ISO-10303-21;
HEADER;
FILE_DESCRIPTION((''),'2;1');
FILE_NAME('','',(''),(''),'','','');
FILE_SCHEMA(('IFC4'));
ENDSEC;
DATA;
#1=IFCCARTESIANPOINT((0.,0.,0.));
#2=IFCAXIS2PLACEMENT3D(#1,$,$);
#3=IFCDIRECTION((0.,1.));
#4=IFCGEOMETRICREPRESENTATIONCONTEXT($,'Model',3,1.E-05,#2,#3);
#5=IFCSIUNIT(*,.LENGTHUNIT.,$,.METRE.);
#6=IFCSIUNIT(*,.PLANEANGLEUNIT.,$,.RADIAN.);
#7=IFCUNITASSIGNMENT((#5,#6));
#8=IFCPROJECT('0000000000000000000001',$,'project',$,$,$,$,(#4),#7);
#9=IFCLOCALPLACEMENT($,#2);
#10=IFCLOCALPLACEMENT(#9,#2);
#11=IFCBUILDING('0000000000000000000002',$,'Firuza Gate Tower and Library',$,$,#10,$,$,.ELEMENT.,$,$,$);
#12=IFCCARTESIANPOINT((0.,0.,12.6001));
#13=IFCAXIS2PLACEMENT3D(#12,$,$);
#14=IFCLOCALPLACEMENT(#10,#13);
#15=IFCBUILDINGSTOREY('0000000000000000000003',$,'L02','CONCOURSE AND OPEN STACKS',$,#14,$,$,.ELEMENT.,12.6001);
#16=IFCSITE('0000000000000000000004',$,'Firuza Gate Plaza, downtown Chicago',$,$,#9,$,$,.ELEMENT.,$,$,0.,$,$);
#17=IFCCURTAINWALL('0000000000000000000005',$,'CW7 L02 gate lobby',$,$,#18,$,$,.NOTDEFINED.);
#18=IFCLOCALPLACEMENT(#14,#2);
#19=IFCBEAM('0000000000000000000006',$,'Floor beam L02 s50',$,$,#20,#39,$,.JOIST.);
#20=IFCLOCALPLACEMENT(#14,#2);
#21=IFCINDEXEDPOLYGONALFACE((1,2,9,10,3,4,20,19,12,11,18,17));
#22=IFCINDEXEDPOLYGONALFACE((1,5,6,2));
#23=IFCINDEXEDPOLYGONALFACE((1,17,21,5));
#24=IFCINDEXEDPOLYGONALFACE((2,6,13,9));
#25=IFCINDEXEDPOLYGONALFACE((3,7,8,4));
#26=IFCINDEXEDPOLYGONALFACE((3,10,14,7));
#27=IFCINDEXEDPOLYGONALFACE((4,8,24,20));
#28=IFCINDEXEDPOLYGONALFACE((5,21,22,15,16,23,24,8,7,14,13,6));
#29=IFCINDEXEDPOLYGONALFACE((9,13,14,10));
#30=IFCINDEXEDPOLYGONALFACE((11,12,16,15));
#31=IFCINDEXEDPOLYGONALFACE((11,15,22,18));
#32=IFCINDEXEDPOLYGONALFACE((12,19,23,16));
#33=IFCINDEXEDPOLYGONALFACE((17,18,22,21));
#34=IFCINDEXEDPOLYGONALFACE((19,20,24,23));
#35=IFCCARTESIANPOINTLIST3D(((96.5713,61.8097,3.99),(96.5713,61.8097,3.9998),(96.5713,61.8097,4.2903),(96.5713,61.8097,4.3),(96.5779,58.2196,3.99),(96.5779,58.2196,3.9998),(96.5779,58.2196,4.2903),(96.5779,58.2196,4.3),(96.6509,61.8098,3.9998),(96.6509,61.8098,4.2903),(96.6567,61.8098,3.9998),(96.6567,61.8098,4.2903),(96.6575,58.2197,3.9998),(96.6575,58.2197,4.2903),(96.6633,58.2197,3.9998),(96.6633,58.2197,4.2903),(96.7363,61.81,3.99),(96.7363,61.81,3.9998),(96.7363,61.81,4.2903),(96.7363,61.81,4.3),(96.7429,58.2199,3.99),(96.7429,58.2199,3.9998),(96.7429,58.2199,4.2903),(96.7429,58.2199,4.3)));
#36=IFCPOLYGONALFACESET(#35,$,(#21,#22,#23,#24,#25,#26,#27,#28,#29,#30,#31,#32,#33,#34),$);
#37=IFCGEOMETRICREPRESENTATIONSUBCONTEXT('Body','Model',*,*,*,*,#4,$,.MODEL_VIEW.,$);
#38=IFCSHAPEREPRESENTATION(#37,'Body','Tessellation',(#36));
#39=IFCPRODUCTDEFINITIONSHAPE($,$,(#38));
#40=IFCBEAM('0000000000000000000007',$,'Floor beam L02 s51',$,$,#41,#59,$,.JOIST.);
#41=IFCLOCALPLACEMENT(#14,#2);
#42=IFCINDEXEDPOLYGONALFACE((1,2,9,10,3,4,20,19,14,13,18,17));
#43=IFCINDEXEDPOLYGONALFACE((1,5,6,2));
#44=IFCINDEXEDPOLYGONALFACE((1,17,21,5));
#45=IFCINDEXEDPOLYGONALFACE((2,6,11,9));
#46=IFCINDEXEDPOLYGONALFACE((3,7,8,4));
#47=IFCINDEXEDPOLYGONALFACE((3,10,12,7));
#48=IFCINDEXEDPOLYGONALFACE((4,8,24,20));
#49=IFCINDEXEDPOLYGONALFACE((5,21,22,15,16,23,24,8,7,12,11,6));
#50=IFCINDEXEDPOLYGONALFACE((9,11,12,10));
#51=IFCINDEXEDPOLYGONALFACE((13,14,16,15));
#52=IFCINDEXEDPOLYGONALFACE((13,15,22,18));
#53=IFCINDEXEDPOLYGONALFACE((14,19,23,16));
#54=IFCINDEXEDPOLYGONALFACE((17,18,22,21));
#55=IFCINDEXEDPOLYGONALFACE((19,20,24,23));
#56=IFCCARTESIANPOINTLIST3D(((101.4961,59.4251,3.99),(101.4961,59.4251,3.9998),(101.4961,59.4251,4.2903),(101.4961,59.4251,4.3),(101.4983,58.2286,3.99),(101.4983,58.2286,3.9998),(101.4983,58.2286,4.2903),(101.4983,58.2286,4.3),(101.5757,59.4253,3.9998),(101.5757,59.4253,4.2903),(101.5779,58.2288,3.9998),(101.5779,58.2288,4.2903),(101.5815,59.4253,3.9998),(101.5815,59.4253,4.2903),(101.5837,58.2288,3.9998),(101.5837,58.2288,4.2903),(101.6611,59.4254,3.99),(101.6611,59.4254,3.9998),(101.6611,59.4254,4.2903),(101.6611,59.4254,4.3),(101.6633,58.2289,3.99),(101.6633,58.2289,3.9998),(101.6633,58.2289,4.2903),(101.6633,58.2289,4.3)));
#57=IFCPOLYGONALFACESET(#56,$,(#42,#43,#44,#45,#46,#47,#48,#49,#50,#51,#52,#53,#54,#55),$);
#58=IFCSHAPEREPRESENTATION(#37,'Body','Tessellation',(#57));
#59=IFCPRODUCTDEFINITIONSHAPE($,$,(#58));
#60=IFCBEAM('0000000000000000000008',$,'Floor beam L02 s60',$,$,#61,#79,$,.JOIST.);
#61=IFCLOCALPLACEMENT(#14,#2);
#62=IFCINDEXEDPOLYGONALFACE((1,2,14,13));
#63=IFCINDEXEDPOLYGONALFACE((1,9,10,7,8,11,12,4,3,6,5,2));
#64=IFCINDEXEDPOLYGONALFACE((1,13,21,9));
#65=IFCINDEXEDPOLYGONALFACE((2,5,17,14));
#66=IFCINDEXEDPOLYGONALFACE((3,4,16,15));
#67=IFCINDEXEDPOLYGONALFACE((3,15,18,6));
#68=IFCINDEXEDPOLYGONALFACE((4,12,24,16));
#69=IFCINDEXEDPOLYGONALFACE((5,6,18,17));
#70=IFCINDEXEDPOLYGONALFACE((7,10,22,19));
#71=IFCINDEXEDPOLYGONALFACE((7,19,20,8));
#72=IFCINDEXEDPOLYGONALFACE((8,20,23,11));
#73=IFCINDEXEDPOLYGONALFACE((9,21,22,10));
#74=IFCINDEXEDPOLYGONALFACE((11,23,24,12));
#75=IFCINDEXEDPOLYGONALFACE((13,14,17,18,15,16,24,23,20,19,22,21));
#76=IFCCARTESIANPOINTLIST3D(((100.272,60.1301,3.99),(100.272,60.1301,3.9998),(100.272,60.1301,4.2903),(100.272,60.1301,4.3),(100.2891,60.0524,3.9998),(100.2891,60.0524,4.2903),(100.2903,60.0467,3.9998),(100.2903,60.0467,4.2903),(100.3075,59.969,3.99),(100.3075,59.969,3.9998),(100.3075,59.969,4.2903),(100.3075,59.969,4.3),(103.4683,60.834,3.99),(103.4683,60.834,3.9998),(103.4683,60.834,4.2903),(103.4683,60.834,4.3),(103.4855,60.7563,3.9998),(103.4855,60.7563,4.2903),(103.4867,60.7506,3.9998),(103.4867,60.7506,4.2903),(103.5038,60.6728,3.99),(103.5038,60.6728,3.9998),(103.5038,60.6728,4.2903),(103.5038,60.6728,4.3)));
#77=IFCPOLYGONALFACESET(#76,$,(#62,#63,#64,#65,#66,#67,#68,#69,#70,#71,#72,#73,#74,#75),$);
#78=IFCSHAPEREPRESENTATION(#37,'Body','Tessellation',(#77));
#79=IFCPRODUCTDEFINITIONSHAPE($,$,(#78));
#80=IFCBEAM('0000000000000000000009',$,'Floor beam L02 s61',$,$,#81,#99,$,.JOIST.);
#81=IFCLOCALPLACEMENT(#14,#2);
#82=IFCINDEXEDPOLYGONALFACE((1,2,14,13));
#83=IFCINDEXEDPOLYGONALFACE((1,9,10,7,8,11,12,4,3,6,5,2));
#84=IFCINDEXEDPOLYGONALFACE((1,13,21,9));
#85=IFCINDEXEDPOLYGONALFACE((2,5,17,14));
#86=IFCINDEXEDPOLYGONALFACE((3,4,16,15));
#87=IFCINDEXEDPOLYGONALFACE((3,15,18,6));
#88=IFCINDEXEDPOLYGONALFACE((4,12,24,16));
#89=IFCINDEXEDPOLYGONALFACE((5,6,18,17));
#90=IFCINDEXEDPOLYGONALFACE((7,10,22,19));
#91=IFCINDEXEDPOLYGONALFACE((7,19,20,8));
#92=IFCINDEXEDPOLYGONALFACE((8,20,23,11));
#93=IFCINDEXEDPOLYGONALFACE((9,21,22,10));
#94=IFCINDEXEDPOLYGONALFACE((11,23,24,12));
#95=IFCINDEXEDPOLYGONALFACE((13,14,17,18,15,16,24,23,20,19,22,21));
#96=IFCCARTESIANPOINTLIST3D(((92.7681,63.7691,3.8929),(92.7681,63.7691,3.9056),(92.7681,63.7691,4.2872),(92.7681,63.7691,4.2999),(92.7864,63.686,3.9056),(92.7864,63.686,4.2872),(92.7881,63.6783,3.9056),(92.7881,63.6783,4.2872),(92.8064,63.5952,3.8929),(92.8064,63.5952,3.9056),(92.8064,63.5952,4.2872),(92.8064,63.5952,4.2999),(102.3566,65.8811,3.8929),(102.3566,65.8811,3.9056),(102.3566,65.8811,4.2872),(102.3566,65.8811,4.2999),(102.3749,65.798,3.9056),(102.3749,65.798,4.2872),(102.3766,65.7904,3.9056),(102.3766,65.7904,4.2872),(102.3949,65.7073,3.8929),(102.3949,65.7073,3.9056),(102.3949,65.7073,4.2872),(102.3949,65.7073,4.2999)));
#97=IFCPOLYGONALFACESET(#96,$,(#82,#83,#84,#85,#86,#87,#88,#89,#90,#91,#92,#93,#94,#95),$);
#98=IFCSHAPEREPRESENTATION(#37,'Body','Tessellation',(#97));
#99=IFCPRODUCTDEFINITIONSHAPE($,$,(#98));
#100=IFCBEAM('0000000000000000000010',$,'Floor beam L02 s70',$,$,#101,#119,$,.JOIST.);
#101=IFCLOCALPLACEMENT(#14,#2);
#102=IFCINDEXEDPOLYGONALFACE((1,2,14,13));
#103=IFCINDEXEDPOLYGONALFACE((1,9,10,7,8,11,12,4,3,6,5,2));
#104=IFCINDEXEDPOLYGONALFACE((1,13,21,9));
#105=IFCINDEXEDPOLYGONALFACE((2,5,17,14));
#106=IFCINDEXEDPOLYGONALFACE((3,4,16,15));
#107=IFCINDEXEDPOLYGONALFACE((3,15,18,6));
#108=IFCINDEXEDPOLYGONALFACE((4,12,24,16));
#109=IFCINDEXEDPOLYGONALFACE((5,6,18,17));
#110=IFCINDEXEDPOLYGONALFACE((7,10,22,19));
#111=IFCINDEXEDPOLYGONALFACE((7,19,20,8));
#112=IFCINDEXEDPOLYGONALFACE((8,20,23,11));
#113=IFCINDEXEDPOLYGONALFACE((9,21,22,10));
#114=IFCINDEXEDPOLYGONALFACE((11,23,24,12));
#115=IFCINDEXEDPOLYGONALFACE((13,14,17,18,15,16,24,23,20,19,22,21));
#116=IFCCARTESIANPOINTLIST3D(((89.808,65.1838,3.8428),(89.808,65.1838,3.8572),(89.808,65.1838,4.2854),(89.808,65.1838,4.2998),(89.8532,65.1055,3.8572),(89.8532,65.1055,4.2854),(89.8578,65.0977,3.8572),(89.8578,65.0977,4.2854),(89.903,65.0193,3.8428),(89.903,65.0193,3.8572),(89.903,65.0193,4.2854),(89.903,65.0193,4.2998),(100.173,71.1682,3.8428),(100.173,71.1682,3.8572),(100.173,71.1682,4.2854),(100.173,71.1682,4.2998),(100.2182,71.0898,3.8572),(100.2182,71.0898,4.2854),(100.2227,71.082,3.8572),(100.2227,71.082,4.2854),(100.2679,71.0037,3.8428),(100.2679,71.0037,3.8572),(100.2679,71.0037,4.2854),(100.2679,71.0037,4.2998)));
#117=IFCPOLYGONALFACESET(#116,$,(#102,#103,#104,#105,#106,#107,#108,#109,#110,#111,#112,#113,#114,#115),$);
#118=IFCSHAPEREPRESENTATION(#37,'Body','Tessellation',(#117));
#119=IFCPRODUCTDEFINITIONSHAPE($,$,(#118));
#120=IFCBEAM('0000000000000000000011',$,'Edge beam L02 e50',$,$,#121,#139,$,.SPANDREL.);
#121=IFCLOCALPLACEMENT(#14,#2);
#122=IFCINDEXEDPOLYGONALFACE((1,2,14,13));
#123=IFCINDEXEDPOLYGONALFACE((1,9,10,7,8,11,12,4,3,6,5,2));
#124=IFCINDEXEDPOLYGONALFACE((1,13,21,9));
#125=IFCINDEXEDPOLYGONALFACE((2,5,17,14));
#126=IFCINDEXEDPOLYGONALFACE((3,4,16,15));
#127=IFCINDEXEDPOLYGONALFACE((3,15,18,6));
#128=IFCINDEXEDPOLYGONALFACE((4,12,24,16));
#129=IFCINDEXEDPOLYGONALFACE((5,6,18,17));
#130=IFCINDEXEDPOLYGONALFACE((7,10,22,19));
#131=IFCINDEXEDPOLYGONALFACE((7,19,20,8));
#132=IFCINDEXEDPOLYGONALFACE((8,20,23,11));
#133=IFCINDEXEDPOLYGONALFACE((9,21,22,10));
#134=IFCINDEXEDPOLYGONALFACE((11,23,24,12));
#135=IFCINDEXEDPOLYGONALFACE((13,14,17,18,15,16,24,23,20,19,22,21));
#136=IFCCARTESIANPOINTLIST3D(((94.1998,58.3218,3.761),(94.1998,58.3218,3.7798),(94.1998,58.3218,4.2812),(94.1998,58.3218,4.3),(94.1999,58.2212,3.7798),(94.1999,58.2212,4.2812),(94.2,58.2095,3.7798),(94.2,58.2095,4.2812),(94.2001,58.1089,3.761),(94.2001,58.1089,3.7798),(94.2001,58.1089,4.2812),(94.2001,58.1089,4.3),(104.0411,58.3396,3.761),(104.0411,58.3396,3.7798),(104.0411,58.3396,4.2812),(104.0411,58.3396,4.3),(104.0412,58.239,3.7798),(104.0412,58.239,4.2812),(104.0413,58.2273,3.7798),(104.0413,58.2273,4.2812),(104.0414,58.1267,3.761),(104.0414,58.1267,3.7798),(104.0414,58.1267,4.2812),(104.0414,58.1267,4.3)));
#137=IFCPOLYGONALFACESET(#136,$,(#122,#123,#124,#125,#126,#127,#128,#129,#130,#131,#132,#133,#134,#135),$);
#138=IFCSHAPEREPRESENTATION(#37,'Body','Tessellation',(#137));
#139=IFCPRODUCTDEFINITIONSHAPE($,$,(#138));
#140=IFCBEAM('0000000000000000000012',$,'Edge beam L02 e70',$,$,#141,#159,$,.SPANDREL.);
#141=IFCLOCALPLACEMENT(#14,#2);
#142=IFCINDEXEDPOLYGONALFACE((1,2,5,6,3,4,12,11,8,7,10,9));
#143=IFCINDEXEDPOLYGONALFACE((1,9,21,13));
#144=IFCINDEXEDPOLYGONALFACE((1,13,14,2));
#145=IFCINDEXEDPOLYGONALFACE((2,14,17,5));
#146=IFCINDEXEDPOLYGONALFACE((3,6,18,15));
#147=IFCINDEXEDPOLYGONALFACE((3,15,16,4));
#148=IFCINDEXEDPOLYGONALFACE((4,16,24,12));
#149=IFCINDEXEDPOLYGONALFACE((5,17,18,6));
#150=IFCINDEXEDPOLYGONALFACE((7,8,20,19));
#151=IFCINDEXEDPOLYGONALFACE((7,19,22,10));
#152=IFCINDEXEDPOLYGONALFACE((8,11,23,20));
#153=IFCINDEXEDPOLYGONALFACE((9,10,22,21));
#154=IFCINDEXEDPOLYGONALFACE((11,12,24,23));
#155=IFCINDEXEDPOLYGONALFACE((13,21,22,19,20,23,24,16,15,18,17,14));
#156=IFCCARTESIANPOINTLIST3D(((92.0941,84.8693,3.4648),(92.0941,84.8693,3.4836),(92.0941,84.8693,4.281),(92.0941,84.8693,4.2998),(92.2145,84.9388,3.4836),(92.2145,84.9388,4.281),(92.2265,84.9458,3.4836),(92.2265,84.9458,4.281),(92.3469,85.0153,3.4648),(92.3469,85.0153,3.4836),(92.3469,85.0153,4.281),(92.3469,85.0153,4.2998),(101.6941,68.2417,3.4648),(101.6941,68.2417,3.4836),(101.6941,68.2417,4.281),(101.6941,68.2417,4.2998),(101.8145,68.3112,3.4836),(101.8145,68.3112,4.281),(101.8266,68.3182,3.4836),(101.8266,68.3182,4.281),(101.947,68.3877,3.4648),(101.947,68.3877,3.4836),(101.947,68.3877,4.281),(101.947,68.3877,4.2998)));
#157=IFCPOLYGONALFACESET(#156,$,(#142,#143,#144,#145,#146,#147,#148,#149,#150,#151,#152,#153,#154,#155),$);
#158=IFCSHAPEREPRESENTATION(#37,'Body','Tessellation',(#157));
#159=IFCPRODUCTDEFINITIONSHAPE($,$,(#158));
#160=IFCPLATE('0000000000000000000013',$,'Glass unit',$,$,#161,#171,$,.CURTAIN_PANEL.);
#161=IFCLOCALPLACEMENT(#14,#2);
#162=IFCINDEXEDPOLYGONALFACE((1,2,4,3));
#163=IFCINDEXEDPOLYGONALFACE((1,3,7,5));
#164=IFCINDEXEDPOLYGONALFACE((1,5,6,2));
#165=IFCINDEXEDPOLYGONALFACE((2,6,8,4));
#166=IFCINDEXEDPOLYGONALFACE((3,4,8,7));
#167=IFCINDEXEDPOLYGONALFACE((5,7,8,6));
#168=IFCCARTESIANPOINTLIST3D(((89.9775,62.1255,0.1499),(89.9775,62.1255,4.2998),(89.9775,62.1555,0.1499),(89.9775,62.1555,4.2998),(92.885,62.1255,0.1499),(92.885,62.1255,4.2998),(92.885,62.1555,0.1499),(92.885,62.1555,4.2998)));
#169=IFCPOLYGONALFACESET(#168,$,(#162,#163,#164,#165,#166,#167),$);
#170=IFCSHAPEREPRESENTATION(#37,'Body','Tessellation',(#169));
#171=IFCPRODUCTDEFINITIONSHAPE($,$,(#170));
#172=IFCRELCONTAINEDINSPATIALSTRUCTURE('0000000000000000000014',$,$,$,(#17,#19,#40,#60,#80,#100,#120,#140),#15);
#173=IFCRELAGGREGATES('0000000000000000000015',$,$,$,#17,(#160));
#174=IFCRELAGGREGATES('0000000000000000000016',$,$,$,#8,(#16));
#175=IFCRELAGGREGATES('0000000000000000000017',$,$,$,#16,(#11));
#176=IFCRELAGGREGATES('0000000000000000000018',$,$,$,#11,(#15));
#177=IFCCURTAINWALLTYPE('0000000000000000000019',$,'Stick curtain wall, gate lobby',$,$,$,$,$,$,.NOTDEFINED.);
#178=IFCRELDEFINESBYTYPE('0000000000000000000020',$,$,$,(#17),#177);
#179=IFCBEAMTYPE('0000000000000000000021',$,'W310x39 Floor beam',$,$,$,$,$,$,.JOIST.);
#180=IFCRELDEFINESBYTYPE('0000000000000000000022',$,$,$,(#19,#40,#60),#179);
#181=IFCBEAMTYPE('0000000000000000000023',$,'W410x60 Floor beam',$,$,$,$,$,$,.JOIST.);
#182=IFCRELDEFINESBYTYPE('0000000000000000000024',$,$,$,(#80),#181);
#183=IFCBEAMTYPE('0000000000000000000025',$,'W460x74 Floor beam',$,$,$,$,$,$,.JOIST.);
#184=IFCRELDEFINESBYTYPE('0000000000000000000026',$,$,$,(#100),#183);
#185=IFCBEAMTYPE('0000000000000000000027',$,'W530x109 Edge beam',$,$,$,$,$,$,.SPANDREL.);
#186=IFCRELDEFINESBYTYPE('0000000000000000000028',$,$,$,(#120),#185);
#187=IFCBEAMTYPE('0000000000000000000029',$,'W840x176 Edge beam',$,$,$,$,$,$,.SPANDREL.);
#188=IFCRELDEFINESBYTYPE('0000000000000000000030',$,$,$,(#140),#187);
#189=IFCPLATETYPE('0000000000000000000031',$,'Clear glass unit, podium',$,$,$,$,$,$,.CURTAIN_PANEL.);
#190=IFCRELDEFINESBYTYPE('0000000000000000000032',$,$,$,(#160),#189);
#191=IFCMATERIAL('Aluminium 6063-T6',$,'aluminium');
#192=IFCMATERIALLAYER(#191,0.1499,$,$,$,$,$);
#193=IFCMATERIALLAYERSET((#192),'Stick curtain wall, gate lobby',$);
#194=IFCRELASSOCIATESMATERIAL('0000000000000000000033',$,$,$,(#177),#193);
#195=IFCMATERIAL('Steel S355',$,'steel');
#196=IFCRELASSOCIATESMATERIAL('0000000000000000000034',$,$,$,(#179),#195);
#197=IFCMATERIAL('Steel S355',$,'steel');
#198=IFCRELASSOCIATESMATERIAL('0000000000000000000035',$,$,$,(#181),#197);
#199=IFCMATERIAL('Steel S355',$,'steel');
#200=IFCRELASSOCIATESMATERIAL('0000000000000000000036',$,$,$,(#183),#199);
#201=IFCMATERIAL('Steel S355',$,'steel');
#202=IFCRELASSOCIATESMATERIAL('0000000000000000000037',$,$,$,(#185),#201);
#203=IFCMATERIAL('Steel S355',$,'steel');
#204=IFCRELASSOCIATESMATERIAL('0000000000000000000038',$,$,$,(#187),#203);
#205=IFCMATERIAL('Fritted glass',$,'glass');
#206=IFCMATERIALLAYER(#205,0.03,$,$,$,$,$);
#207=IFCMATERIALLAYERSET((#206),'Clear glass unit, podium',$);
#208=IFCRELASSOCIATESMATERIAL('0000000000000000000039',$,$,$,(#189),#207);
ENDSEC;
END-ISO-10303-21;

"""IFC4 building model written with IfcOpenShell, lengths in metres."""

from ifc_helpers import new_model, si_unit, direction, frame, origin, origin_2d, place, context, subcontext, project, spatial, polyline, i_section, outline, extrude, material, layer, layer_set, material_profile, profile_set, type_object, element, aggregate, save


model = new_model("IFC4")

# Units and contexts
model_context = context("Model", 3, precision=1e-05, world=origin(), true_north=direction((0.0, 1.0)))
body_context = subcontext(model_context, "Body", "Model", "MODEL_VIEW")
ifc_project = project(units=[si_unit("LENGTHUNIT", "METRE"), si_unit("PLANEANGLEUNIT", "RADIAN")], contexts=[model_context])

# Site, building, storey
site_placement = place(None, origin())
site = spatial("IfcSite", under=ifc_project, at=site_placement, Name="Firuza Gate Plaza, downtown Chicago", CompositionType="ELEMENT", RefElevation=0.0)
building_placement = place(site_placement, origin())
building = spatial("IfcBuilding", under=site, at=building_placement, Name="Firuza Gate Tower and Library", CompositionType="ELEMENT")
storey_placement = place(building_placement, frame((0.0, 0.0, 12.6001)))
storey = spatial("IfcBuildingStorey", under=building, at=storey_placement, Name="L02", Description="CONCOURSE AND OPEN STACKS", CompositionType="ELEMENT", Elevation=12.6001)

# Curtain wall
ifc_material_1 = material(Name="Aluminium 6063-T6", Category="aluminium")
ifc_layer_1 = layer(ifc_material_1, 0.1499)
ifc_layer_set_1 = layer_set([ifc_layer_1], Name="Stick curtain wall, gate lobby")
curtain_wall_type_1 = type_object("IfcCurtainWallType", Name="Stick curtain wall, gate lobby", PredefinedType="NOTDEFINED", material=ifc_layer_set_1)
placement = place(storey_placement, origin())
curtain_wall_1 = element("IfcCurtainWall", 1, at=placement, inside=storey, type_object=curtain_wall_type_1, Name="CW7 L02 gate lobby", PredefinedType="NOTDEFINED")

# Beams
ifc_material_2 = material(Name="Steel S355", Category="steel")
ifc_material_profile_1 = material_profile(ifc_material_2, i_section(OverallWidth=0.165, OverallDepth=0.3101, WebThickness=0.0059, FlangeThickness=0.0098, at=origin_2d()))
ifc_profile_set_1 = profile_set([ifc_material_profile_1], Name="Steel S355")
beam_type_1 = type_object("IfcBeamType", Name="W310x39 Floor beam", PredefinedType="JOIST", material=ifc_profile_set_1)
beam_1_placement = place(storey_placement, frame((96.6604, 58.2197, 4.145), z_axis=(-0.001836, 0.999998, 0.0), x_axis=(-0.999998, -0.001836, 0.0)))
element("IfcBeam", 2, at=beam_1_placement, inside=storey, type_object=beam_type_1, Name="Floor beam L02 s50", PredefinedType="JOIST", context=body_context, shape_type="SweptSolid", body=[
    extrude(i_section(OverallWidth=0.165, OverallDepth=0.3101, WebThickness=0.0059, FlangeThickness=0.0098, at=origin_2d()), origin(), (0.0, 0.0, 1.0), 3.5901),
])
beam_2_placement = place(storey_placement, frame((101.5808, 58.2288, 4.145), z_axis=(-0.001836, 0.999998, 0.0), x_axis=(-0.999998, -0.001836, 0.0)))
element("IfcBeam", 3, at=beam_2_placement, inside=storey, type_object=beam_type_1, Name="Floor beam L02 s51", PredefinedType="JOIST", context=body_context, shape_type="SweptSolid", body=[
    extrude(i_section(OverallWidth=0.165, OverallDepth=0.3101, WebThickness=0.0059, FlangeThickness=0.0098, at=origin_2d()), origin(), (0.0, 0.0, 1.0), 1.1965),
])
beam_3_placement = place(storey_placement, frame((103.4861, 60.7534, 4.145), z_axis=(-0.976601, -0.215058, 0.0), x_axis=(0.215058, -0.976601, 0.0)))
element("IfcBeam", 4, at=beam_3_placement, inside=storey, type_object=beam_type_1, Name="Floor beam L02 s60", PredefinedType="JOIST", context=body_context, shape_type="SweptSolid", body=[
    extrude(i_section(OverallWidth=0.165, OverallDepth=0.3101, WebThickness=0.0059, FlangeThickness=0.0098, at=origin_2d()), origin(), (0.0, 0.0, 1.0), 3.2729),
])
ifc_material_3 = material(Name="Steel S355", Category="steel")
ifc_material_profile_2 = material_profile(ifc_material_3, i_section(OverallWidth=0.178, OverallDepth=0.407, WebThickness=0.0078, FlangeThickness=0.0127, at=origin_2d()))
ifc_profile_set_2 = profile_set([ifc_material_profile_2], Name="Steel S355")
beam_type_2 = type_object("IfcBeamType", Name="W410x60 Floor beam", PredefinedType="JOIST", material=ifc_profile_set_2)
beam_4_placement = place(storey_placement, frame((102.3757, 65.7942, 4.0964), z_axis=(-0.97659, -0.215111, 0.0), x_axis=(0.215111, -0.97659, 0.0)))
element("IfcBeam", 5, at=beam_4_placement, inside=storey, type_object=beam_type_2, Name="Floor beam L02 s61", PredefinedType="JOIST", context=body_context, shape_type="SweptSolid", body=[
    extrude(i_section(OverallWidth=0.178, OverallDepth=0.407, WebThickness=0.0078, FlangeThickness=0.0127, at=origin_2d()), origin(), (0.0, 0.0, 1.0), 9.8184),
])
ifc_material_4 = material(Name="Steel S355", Category="steel")
ifc_material_profile_3 = material_profile(ifc_material_4, i_section(OverallWidth=0.1899, OverallDepth=0.457, WebThickness=0.009, FlangeThickness=0.0144, at=origin_2d()))
ifc_profile_set_3 = profile_set([ifc_material_profile_3], Name="Steel S355")
beam_type_3 = type_object("IfcBeamType", Name="W460x74 Floor beam", PredefinedType="JOIST", material=ifc_profile_set_3)
beam_5_placement = place(storey_placement, frame((100.2205, 71.0859, 4.0713), z_axis=(-0.86602, -0.500009, 0.0), x_axis=(0.500009, -0.86602, 0.0)))
element("IfcBeam", 6, at=beam_5_placement, inside=storey, type_object=beam_type_3, Name="Floor beam L02 s70", PredefinedType="JOIST", context=body_context, shape_type="SweptSolid", body=[
    extrude(i_section(OverallWidth=0.1899, OverallDepth=0.457, WebThickness=0.009, FlangeThickness=0.0144, at=origin_2d()), origin(), (0.0, 0.0, 1.0), 11.9685),
])
ifc_material_5 = material(Name="Steel S355", Category="steel")
ifc_material_profile_4 = material_profile(ifc_material_5, i_section(OverallWidth=0.2129, OverallDepth=0.5391, WebThickness=0.0117, FlangeThickness=0.0188, at=origin_2d()))
ifc_profile_set_4 = profile_set([ifc_material_profile_4], Name="Steel S355")
beam_type_4 = type_object("IfcBeamType", Name="W530x109 Edge beam", PredefinedType="SPANDREL", material=ifc_profile_set_4)
beam_6_placement = place(storey_placement, frame((94.2, 58.2153, 4.0305), z_axis=(0.999998, 0.001811, 0.0), x_axis=(-0.001811, 0.999998, 0.0)))
element("IfcBeam", 7, at=beam_6_placement, inside=storey, type_object=beam_type_4, Name="Edge beam L02 e50", PredefinedType="SPANDREL", context=body_context, shape_type="SweptSolid", body=[
    extrude(i_section(OverallWidth=0.2129, OverallDepth=0.5391, WebThickness=0.0117, FlangeThickness=0.0188, at=origin_2d()), origin(), (0.0, 0.0, 1.0), 9.8413),
])
ifc_material_6 = material(Name="Steel S355", Category="steel")
ifc_material_profile_5 = material_profile(ifc_material_6, i_section(OverallWidth=0.292, OverallDepth=0.835, WebThickness=0.0139, FlangeThickness=0.0188, at=origin_2d()))
ifc_profile_set_5 = profile_set([ifc_material_profile_5], Name="Steel S355")
beam_type_5 = type_object("IfcBeamType", Name="W840x176 Edge beam", PredefinedType="SPANDREL", material=ifc_profile_set_5)
beam_7_placement = place(storey_placement, frame((101.8206, 68.3147, 3.8823), z_axis=(-0.500004, 0.866023, 0.0), x_axis=(-0.866023, -0.500004, 0.0)))
element("IfcBeam", 8, at=beam_7_placement, inside=storey, type_object=beam_type_5, Name="Edge beam L02 e70", PredefinedType="SPANDREL", context=body_context, shape_type="SweptSolid", body=[
    extrude(i_section(OverallWidth=0.292, OverallDepth=0.835, WebThickness=0.0139, FlangeThickness=0.0188, at=origin_2d()), origin(), (0.0, 0.0, 1.0), 19.2),
])

# Plate
ifc_material_7 = material(Name="Fritted glass", Category="glass")
ifc_layer_2 = layer(ifc_material_7, 0.03)
ifc_layer_set_2 = layer_set([ifc_layer_2], Name="Clear glass unit, podium")
plate_type = type_object("IfcPlateType", Name="Clear glass unit, podium", PredefinedType="CURTAIN_PANEL", material=ifc_layer_set_2)
plate_1_placement = place(storey_placement, frame((89.9775, 62.1255, 0.1499), z_axis=(0.0, -1.0, 0.0), x_axis=(1.0, 0.0, 0.0)))
plate_1 = element("IfcPlate", 9, at=plate_1_placement, type_object=plate_type, Name="Glass unit", PredefinedType="CURTAIN_PANEL", context=body_context, shape_type="SweptSolid", body=[
    extrude(outline(polyline([(0.0, 0.0), (2.9075, 0.0), (2.9075, 4.1499), (0.0, 4.1499), (0.0, 0.0)])), origin(), (0.0, 0.0, -1.0), 0.03),
])
aggregate(curtain_wall_1, [plate_1])

save(model, "model.ifc")
